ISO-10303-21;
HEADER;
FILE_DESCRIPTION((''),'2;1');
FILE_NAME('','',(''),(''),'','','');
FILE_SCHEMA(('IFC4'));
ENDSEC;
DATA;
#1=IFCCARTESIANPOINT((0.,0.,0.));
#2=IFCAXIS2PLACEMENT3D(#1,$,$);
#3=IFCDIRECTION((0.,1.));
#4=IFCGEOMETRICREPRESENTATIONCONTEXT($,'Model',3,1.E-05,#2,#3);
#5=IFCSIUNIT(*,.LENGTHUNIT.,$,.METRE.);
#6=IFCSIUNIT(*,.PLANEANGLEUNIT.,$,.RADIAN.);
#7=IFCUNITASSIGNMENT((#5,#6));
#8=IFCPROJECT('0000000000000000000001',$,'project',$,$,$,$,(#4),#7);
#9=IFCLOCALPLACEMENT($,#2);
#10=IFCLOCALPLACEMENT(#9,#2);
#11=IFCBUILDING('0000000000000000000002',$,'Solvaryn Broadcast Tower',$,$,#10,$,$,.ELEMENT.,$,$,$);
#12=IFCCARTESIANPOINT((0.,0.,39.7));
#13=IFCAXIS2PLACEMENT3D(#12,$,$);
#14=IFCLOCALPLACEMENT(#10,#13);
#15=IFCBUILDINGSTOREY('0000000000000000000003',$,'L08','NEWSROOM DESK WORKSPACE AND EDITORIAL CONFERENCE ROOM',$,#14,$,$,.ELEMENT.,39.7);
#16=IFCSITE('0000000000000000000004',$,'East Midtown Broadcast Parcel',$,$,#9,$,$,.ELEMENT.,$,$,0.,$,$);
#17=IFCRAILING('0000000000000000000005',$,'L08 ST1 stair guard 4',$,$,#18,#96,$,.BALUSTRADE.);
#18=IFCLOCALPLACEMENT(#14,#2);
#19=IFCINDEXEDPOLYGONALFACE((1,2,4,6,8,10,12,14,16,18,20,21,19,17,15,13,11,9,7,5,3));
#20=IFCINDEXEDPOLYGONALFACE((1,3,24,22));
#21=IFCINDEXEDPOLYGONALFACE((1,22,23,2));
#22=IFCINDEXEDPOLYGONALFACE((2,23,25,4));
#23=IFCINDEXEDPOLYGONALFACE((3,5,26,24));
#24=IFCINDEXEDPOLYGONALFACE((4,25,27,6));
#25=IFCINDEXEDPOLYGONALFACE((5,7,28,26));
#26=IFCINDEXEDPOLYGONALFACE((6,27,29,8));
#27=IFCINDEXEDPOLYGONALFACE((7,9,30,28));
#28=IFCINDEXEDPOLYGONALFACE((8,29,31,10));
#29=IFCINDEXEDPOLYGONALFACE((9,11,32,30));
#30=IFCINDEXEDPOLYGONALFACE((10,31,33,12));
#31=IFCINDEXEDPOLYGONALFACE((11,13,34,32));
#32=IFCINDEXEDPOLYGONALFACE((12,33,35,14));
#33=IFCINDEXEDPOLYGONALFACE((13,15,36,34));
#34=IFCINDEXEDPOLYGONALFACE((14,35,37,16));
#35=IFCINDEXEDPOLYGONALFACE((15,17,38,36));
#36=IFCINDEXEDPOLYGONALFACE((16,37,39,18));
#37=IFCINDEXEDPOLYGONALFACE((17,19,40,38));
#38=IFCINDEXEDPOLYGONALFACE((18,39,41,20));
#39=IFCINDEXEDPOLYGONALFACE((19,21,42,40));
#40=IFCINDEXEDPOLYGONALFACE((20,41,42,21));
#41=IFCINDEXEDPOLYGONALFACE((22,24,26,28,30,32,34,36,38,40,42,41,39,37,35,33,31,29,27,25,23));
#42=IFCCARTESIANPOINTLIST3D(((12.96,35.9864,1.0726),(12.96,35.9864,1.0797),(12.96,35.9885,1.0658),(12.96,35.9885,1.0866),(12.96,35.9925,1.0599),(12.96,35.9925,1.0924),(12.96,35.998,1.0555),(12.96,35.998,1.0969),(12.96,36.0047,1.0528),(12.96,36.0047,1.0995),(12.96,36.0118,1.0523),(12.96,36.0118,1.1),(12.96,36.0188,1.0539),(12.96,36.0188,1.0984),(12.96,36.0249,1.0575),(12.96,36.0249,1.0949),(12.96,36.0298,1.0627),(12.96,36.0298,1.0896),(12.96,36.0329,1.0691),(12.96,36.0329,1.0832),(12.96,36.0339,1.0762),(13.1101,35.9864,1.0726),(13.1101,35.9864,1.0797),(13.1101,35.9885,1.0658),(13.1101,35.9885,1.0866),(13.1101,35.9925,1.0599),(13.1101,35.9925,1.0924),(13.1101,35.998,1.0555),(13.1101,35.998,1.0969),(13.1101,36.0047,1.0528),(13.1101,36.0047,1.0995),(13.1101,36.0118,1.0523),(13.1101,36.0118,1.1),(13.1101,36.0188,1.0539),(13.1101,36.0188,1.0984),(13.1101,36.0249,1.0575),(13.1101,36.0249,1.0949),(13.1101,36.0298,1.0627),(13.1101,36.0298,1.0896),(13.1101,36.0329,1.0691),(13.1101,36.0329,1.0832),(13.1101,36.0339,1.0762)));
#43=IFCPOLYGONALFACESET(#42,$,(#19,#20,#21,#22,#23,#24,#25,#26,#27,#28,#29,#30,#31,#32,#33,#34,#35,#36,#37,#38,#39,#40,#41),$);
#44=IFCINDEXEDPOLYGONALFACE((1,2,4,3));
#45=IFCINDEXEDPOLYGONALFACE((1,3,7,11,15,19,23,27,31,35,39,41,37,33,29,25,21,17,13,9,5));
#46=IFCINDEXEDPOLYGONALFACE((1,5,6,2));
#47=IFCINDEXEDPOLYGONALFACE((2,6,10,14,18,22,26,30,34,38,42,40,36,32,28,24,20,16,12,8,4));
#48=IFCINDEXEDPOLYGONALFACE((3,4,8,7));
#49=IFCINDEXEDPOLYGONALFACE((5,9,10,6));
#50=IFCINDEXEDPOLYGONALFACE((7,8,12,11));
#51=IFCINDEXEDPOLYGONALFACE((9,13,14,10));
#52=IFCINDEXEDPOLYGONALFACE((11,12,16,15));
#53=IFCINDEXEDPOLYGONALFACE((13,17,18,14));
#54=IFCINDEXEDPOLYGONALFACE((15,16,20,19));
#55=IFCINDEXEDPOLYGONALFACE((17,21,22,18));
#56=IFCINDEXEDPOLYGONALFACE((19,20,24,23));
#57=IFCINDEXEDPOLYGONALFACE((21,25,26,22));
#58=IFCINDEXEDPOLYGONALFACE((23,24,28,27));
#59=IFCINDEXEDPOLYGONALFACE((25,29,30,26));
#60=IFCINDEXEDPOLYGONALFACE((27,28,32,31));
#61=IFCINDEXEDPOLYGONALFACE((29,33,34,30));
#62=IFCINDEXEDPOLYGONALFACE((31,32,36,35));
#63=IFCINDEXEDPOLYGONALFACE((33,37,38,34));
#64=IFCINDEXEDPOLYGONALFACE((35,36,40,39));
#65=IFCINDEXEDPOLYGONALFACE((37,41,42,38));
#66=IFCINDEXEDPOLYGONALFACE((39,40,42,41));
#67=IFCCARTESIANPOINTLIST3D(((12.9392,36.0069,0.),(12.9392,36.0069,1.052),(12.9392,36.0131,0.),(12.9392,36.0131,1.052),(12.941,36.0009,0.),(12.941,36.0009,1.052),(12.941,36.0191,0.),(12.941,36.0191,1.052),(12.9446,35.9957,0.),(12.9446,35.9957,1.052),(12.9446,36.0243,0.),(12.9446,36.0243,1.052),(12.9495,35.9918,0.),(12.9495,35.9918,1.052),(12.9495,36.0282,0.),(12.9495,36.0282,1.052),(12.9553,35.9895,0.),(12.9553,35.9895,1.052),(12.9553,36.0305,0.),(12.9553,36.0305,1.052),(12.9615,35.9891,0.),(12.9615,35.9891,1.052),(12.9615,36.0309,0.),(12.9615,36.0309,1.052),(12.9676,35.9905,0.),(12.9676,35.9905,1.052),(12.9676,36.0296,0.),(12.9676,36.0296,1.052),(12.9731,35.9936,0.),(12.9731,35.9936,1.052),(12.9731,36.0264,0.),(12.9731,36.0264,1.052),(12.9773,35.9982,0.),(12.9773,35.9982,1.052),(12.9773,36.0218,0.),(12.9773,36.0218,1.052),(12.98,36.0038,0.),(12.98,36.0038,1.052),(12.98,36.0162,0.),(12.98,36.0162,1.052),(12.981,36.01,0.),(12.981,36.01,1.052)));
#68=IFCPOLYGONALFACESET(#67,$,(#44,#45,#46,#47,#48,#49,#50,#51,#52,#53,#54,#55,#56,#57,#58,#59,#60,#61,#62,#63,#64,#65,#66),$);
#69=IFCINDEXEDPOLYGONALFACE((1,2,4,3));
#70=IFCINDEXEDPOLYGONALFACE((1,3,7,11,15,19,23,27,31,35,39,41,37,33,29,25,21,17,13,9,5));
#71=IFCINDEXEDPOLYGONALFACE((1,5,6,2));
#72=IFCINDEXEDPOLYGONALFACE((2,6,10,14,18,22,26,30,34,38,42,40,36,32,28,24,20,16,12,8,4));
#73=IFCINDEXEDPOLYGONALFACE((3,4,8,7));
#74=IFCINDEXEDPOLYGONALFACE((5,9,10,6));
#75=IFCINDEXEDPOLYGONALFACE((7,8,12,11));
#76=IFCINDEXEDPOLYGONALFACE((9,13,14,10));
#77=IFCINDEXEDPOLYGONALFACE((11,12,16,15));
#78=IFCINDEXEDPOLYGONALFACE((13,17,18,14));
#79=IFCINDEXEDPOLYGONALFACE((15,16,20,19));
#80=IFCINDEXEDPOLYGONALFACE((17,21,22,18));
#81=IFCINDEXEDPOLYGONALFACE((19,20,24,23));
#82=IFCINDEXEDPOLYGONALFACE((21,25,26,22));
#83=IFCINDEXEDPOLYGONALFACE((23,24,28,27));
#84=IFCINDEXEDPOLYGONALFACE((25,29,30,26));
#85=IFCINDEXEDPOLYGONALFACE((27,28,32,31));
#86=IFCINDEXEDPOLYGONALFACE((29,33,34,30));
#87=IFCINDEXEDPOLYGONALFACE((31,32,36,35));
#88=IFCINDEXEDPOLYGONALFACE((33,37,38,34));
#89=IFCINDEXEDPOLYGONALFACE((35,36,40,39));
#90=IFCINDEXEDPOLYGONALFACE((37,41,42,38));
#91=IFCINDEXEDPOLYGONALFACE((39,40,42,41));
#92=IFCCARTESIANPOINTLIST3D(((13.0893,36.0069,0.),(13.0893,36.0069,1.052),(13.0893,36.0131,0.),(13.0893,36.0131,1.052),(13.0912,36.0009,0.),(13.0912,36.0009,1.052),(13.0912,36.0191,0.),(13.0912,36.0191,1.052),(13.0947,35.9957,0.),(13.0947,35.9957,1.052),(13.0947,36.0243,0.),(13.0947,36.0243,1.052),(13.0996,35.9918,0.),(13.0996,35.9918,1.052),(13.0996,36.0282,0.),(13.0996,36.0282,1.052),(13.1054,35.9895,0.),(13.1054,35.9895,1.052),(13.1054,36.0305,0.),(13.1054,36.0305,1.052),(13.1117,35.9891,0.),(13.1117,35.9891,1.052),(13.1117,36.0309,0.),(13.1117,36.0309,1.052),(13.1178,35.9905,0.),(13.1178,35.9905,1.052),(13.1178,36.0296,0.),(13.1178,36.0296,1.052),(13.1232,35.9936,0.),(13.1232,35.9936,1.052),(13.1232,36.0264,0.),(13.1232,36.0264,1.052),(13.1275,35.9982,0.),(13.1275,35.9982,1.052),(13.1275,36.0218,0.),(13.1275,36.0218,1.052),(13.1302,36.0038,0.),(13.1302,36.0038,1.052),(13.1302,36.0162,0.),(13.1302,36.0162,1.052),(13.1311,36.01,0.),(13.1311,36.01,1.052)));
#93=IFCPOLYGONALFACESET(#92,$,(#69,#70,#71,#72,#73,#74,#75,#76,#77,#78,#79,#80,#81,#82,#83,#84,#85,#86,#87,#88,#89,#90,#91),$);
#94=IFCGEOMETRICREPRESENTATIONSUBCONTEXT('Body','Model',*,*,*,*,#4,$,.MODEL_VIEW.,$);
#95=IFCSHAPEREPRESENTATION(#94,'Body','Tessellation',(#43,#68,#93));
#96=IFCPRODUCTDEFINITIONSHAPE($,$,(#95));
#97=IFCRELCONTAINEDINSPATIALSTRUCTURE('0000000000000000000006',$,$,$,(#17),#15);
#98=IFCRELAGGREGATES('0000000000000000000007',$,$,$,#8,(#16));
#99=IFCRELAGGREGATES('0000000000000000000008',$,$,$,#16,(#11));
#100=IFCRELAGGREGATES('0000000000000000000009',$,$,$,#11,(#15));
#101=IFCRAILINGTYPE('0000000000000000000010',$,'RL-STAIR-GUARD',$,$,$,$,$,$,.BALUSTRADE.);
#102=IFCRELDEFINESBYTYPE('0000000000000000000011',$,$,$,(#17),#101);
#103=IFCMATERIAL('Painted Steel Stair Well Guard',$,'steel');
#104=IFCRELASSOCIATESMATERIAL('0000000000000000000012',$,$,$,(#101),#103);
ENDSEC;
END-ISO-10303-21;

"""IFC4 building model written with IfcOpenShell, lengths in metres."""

from ifc_helpers import new_model, si_unit, direction, frame, origin, origin_2d, place, context, subcontext, project, spatial, circle, extrude, material, type_object, element, save


model = new_model("IFC4")

# Units and contexts
model_context = context("Model", 3, precision=1e-05, world=origin(), true_north=direction((0.0, 1.0)))
body_context = subcontext(model_context, "Body", "Model", "MODEL_VIEW")
ifc_project = project(units=[si_unit("LENGTHUNIT", "METRE"), si_unit("PLANEANGLEUNIT", "RADIAN")], contexts=[model_context])

# Site, building, storey
site_placement = place(None, origin())
site = spatial("IfcSite", under=ifc_project, at=site_placement, Name="East Midtown Broadcast Parcel", CompositionType="ELEMENT", RefElevation=0.0)
building_placement = place(site_placement, origin())
building = spatial("IfcBuilding", under=site, at=building_placement, Name="Solvaryn Broadcast Tower", CompositionType="ELEMENT")
storey_placement = place(building_placement, frame((0.0, 0.0, 39.7)))
storey = spatial("IfcBuildingStorey", under=building, at=storey_placement, Name="L08", Description="NEWSROOM DESK WORKSPACE AND EDITORIAL CONFERENCE ROOM", CompositionType="ELEMENT", Elevation=39.7)

# Railing
ifc_material_1 = material(Name="Painted Steel Stair Well Guard", Category="steel")
railing_type_1 = type_object("IfcRailingType", Name="RL-STAIR-GUARD", PredefinedType="BALUSTRADE", material=ifc_material_1)
railing_1_placement = place(storey_placement, frame((12.96, 36.01, 0.0)))
element("IfcRailing", 1, at=railing_1_placement, inside=storey, type_object=railing_type_1, Name="L08 ST1 stair guard 4", PredefinedType="BALUSTRADE", context=body_context, shape_type="SweptSolid", body=[
    extrude(circle(Radius=0.0239, at=origin_2d()), frame((0.0, 0.0, 1.0762), z_axis=(1.0, 0.0, 0.0), x_axis=(0.0, 1.0, 0.0)), (0.0, 0.0, 1.0), 0.1501),
    extrude(circle(Radius=0.021, at=origin_2d()), origin(), (0.0, 0.0, 1.0), 1.052),
    extrude(circle(Radius=0.021, at=origin_2d()), frame((0.1501, 0.0, 0.0)), (0.0, 0.0, 1.0), 1.052),
])

save(model, "model.ifc")
